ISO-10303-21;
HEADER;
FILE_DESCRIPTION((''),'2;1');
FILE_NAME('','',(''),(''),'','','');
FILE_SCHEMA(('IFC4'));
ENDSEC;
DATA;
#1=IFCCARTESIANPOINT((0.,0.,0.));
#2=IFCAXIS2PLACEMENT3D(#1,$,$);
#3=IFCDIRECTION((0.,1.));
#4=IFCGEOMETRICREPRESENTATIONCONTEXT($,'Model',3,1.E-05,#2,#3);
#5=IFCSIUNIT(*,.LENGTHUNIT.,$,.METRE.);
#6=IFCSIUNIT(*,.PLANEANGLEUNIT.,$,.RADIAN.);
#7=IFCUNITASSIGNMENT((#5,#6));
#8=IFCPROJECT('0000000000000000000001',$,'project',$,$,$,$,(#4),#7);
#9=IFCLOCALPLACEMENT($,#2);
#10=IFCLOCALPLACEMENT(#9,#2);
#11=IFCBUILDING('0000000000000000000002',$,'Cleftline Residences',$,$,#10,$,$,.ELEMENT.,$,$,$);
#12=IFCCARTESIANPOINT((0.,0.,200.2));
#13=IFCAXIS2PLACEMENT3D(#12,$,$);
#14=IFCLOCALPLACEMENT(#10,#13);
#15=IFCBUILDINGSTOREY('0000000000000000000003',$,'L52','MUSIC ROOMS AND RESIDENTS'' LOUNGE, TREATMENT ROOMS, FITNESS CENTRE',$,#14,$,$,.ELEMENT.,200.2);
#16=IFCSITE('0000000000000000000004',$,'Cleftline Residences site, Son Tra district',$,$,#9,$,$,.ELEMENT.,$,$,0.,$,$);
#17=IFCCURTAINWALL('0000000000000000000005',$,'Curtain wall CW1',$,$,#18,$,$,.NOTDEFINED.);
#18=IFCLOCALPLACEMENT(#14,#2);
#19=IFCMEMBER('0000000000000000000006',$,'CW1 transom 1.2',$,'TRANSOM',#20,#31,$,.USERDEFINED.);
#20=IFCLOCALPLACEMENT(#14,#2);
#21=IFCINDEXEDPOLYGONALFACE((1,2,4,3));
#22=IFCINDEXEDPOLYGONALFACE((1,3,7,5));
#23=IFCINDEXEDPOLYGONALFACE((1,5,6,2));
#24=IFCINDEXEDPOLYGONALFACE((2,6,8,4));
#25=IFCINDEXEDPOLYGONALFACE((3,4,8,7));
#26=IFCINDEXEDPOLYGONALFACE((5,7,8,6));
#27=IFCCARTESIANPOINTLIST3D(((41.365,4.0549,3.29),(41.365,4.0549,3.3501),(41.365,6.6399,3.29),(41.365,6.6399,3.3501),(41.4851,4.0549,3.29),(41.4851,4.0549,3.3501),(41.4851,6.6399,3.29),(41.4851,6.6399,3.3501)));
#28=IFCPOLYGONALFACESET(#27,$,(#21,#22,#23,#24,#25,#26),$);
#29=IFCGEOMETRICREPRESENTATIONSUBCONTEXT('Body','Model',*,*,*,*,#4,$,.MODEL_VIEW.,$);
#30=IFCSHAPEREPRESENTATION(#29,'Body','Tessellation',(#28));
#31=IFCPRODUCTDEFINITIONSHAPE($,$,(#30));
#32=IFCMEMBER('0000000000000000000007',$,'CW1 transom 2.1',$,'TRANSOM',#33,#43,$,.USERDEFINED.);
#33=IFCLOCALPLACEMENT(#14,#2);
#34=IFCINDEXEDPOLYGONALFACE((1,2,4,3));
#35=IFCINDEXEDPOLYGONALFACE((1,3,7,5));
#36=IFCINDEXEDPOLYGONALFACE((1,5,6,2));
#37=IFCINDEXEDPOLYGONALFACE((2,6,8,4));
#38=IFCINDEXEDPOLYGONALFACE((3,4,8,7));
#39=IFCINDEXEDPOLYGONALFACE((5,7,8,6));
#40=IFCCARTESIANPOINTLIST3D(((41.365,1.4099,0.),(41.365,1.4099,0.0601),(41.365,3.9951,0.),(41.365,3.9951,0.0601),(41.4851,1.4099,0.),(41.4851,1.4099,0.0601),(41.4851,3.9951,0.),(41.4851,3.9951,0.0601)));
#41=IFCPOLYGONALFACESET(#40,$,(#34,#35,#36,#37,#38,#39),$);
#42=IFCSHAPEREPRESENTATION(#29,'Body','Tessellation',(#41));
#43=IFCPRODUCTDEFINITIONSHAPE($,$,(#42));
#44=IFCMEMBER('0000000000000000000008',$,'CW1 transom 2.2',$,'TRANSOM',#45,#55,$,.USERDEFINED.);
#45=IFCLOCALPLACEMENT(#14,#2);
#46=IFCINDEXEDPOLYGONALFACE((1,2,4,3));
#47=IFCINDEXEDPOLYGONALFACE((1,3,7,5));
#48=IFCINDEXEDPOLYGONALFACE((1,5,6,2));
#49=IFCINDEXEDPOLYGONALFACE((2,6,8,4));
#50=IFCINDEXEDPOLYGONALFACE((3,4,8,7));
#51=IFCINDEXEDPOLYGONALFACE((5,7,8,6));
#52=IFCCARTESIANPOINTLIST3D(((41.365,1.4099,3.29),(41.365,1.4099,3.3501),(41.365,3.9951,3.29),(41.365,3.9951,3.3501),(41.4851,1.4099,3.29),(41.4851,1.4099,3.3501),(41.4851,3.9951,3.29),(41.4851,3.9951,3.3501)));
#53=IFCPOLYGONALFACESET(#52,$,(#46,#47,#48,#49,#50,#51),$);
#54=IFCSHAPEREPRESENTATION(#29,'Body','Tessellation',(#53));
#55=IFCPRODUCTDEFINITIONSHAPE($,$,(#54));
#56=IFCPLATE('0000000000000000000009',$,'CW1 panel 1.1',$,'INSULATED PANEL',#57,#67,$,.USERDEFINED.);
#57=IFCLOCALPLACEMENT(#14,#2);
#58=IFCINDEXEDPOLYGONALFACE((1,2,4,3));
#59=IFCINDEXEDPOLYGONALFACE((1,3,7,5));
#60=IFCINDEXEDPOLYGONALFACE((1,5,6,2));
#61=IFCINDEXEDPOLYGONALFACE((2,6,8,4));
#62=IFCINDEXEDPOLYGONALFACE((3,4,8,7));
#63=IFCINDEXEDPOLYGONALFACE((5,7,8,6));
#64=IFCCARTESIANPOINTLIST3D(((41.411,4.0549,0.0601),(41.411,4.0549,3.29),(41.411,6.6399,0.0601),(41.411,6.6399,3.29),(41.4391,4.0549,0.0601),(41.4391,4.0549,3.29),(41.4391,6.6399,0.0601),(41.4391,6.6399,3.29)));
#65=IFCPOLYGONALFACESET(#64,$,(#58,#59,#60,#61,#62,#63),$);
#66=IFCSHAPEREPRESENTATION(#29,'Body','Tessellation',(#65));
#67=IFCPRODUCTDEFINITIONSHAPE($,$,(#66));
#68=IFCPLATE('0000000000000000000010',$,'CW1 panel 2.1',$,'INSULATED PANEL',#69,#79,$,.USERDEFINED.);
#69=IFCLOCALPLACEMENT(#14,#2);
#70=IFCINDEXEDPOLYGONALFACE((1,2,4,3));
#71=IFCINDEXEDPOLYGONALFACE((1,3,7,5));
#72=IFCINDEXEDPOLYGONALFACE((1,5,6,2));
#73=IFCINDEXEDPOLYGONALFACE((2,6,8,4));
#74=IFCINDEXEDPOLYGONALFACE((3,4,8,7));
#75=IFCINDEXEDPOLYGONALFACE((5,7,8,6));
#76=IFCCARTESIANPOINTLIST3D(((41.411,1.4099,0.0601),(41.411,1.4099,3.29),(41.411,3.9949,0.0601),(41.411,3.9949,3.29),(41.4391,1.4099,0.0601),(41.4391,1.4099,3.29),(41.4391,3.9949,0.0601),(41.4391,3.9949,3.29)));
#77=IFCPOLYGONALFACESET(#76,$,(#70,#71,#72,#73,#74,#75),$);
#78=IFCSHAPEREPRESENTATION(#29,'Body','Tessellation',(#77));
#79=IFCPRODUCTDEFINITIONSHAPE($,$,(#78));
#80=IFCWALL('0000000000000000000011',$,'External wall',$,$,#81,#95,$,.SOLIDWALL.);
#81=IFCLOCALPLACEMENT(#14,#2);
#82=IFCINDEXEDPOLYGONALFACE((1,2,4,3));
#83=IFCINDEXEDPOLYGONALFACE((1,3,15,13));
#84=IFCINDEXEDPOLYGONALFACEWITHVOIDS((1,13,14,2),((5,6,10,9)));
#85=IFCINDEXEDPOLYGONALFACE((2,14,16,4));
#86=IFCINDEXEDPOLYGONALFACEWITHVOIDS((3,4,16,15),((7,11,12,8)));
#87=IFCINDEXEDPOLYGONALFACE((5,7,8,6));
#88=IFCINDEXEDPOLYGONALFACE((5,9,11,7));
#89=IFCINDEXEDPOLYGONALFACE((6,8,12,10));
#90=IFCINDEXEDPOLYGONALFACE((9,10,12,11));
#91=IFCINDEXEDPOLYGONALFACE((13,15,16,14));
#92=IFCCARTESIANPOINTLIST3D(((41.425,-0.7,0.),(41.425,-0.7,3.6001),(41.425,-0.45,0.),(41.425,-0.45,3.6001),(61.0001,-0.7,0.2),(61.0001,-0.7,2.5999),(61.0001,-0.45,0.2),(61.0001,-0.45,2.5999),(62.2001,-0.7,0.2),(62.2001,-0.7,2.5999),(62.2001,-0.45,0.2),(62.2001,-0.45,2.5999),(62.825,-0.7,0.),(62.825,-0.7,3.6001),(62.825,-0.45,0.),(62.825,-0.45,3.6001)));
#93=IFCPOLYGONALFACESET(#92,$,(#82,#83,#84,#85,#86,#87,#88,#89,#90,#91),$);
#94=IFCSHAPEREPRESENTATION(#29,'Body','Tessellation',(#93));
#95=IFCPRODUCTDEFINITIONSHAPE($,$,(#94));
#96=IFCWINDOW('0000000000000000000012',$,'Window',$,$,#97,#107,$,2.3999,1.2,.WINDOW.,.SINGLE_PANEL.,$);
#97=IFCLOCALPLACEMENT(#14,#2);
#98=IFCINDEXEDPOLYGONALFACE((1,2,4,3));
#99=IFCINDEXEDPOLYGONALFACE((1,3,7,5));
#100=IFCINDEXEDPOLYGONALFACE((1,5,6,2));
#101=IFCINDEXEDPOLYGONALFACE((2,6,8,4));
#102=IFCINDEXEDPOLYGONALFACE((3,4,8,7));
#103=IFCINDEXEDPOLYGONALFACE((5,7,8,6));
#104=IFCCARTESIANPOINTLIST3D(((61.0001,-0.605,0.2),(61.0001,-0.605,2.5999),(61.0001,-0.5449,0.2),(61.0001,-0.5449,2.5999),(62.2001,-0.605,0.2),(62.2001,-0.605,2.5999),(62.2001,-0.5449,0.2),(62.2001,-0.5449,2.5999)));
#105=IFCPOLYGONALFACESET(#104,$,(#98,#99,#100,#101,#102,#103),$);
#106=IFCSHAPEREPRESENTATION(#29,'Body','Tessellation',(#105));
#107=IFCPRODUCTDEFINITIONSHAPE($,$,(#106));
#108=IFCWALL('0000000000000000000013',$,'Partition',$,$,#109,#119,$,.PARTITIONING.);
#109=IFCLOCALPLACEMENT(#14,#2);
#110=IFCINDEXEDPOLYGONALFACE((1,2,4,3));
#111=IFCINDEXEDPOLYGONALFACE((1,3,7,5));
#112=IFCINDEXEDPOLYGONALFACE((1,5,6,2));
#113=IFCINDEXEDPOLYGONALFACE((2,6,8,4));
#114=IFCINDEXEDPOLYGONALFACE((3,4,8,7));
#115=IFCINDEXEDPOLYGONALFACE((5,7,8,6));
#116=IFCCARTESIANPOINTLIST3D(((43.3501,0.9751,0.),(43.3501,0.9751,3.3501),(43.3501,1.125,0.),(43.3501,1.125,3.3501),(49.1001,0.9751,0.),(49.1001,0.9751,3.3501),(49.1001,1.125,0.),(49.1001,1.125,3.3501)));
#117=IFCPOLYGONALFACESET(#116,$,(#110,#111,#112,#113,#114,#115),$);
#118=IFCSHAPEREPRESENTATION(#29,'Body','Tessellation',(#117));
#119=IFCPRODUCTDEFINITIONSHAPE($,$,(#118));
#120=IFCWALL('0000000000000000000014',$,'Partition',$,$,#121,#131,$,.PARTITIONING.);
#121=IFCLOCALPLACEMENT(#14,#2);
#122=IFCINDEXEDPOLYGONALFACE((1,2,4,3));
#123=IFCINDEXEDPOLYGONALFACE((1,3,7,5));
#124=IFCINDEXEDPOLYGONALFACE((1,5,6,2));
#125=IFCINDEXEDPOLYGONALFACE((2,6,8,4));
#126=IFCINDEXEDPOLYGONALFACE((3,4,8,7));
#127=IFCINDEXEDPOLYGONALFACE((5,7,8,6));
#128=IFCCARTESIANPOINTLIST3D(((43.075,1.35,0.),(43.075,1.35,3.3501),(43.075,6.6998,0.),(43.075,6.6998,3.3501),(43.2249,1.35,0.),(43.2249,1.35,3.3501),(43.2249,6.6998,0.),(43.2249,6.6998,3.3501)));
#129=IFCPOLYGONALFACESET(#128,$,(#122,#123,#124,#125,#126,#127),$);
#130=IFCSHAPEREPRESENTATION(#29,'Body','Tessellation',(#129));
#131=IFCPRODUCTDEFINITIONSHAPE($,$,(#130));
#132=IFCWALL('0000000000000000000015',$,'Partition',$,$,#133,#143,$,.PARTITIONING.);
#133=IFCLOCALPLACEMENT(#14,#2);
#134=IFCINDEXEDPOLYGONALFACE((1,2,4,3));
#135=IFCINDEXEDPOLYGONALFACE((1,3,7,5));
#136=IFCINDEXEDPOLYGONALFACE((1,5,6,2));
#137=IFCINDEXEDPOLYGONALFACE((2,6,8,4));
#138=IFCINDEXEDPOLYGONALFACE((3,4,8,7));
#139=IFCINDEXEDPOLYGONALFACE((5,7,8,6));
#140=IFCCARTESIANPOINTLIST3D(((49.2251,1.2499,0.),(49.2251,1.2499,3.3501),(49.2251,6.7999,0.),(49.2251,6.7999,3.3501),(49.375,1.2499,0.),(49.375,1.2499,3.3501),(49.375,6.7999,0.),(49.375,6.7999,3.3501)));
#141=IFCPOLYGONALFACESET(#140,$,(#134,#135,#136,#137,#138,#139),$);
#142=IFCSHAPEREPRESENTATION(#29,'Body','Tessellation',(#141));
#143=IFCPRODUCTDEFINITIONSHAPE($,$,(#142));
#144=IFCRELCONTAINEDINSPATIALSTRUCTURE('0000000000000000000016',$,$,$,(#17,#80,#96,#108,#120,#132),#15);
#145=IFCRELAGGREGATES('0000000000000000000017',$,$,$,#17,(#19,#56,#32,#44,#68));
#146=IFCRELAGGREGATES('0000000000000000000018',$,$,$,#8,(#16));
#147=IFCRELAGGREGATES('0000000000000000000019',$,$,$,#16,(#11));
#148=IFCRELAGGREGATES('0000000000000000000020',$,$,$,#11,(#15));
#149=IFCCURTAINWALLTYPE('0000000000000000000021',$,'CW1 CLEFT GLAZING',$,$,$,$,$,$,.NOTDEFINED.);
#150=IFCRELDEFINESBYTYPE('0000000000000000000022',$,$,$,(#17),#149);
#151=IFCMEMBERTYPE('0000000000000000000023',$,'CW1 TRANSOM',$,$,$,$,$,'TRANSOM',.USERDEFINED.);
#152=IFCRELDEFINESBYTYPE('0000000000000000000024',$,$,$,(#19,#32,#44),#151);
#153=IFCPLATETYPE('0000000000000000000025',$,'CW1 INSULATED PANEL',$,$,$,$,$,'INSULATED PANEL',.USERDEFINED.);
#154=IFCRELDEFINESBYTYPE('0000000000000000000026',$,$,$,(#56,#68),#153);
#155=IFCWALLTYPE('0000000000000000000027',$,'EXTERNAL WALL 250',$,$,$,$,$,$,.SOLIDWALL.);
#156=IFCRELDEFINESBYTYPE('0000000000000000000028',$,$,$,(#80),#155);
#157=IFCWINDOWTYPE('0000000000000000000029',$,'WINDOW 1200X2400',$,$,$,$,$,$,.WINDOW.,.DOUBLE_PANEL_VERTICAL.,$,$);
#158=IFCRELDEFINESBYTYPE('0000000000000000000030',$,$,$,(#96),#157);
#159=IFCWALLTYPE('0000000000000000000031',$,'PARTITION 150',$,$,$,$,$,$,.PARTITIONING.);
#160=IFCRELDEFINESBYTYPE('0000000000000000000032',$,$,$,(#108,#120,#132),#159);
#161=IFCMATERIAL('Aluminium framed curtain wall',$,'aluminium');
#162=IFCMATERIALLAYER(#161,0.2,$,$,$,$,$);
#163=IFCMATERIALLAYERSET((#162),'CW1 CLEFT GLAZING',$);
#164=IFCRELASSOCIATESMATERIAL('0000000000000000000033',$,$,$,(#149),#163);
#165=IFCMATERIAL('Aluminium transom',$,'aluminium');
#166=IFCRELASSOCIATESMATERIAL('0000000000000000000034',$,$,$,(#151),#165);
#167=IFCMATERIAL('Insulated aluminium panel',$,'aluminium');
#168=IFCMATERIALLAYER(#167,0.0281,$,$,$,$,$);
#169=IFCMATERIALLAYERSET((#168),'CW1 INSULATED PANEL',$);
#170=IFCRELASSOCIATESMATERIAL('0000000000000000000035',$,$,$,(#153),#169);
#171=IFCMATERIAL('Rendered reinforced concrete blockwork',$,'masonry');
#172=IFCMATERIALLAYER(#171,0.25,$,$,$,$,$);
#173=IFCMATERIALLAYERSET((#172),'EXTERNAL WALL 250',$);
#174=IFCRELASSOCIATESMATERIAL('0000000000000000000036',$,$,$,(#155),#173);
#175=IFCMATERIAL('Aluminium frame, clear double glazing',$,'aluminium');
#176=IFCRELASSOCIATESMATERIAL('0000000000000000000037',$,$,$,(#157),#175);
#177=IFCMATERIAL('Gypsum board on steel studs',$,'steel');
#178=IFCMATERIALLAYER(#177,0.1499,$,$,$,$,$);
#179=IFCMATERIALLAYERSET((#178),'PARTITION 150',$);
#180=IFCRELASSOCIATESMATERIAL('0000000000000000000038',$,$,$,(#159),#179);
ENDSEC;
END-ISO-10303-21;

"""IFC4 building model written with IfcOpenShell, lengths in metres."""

from ifc_helpers import new_model, si_unit, direction, frame, frame_2d, origin, origin_2d, place, context, subcontext, project, spatial, rectangle, extrude, material, layer, layer_set, material_profile, profile_set, type_object, element, fill, aggregate, save


model = new_model("IFC4")

# Units and contexts
model_context = context("Model", 3, precision=1e-05, world=origin(), true_north=direction((0.0, 1.0)))
body_context = subcontext(model_context, "Body", "Model", "MODEL_VIEW")
ifc_project = project(units=[si_unit("LENGTHUNIT", "METRE"), si_unit("PLANEANGLEUNIT", "RADIAN")], contexts=[model_context])

# Site, building, storey
site_placement = place(None, origin())
site = spatial("IfcSite", under=ifc_project, at=site_placement, Name="Cleftline Residences site, Son Tra district", CompositionType="ELEMENT", RefElevation=0.0)
building_placement = place(site_placement, origin())
building = spatial("IfcBuilding", under=site, at=building_placement, Name="Cleftline Residences", CompositionType="ELEMENT")
storey_placement = place(building_placement, frame((0.0, 0.0, 200.2)))
storey = spatial("IfcBuildingStorey", under=building, at=storey_placement, Name="L52", Description="MUSIC ROOMS AND RESIDENTS' LOUNGE, TREATMENT ROOMS, FITNESS CENTRE", CompositionType="ELEMENT", Elevation=200.2)

# Curtain wall, members, plates
ifc_material_1 = material(Name="Aluminium framed curtain wall", Category="aluminium")
ifc_layer_1 = layer(ifc_material_1, 0.2)
ifc_layer_set_1 = layer_set([ifc_layer_1], Name="CW1 CLEFT GLAZING")
curtain_wall_type = type_object("IfcCurtainWallType", Name="CW1 CLEFT GLAZING", PredefinedType="NOTDEFINED", material=ifc_layer_set_1)
curtain_wall_placement = place(storey_placement, origin())
curtain_wall = element("IfcCurtainWall", 1, at=curtain_wall_placement, inside=storey, type_object=curtain_wall_type, Name="Curtain wall CW1", PredefinedType="NOTDEFINED")
ifc_material_2 = material(Name="Aluminium transom", Category="aluminium")
ifc_material_profile_1 = material_profile(ifc_material_2, rectangle(XDim=0.1201, YDim=0.0601, at=origin_2d()))
ifc_profile_set_1 = profile_set([ifc_material_profile_1], Name="Aluminium transom")
member_type_1 = type_object("IfcMemberType", Name="CW1 TRANSOM", ElementType="TRANSOM", PredefinedType="USERDEFINED", material=ifc_profile_set_1)
member_1_placement = place(storey_placement, frame((41.425, 6.6399, 3.3201), z_axis=(0.0, -1.0, 0.0), x_axis=(1.0, 0.0, 0.0)))
member_1 = element("IfcMember", 2, at=member_1_placement, type_object=member_type_1, Name="CW1 transom 1.2", ObjectType="TRANSOM", PredefinedType="USERDEFINED", context=body_context, shape_type="SweptSolid", body=[
    extrude(rectangle(XDim=0.1201, YDim=0.0601, at=origin_2d()), origin(), (0.0, 0.0, 1.0), 2.585),
])
member_2_placement = place(storey_placement, frame((41.425, 3.9951, 0.03), z_axis=(0.0, -1.0, 0.0), x_axis=(1.0, 0.0, 0.0)))
member_2 = element("IfcMember", 3, at=member_2_placement, type_object=member_type_1, Name="CW1 transom 2.1", ObjectType="TRANSOM", PredefinedType="USERDEFINED", context=body_context, shape_type="SweptSolid", body=[
    extrude(rectangle(XDim=0.1201, YDim=0.0601, at=origin_2d()), origin(), (0.0, 0.0, 1.0), 2.5852),
])
member_3_placement = place(storey_placement, frame((41.425, 3.9951, 3.3201), z_axis=(0.0, -1.0, 0.0), x_axis=(1.0, 0.0, 0.0)))
member_3 = element("IfcMember", 4, at=member_3_placement, type_object=member_type_1, Name="CW1 transom 2.2", ObjectType="TRANSOM", PredefinedType="USERDEFINED", context=body_context, shape_type="SweptSolid", body=[
    extrude(rectangle(XDim=0.1201, YDim=0.0601, at=origin_2d()), origin(), (0.0, 0.0, 1.0), 2.5852),
])
ifc_material_3 = material(Name="Insulated aluminium panel", Category="aluminium")
ifc_layer_2 = layer(ifc_material_3, 0.0281)
ifc_layer_set_2 = layer_set([ifc_layer_2], Name="CW1 INSULATED PANEL")
plate_type = type_object("IfcPlateType", Name="CW1 INSULATED PANEL", ElementType="INSULATED PANEL", PredefinedType="USERDEFINED", material=ifc_layer_set_2)
plate_1_placement = place(storey_placement, frame((41.425, 5.3474, 0.0601), z_axis=(0.0, 0.0, 1.0), x_axis=(0.0, -1.0, 0.0)))
plate_1 = element("IfcPlate", 5, at=plate_1_placement, type_object=plate_type, Name="CW1 panel 1.1", ObjectType="INSULATED PANEL", PredefinedType="USERDEFINED", context=body_context, shape_type="SweptSolid", body=[
    extrude(rectangle(XDim=2.585, YDim=0.0281, at=origin_2d()), origin(), (0.0, 0.0, 1.0), 3.23),
])
plate_2_placement = place(storey_placement, frame((41.425, 2.7024, 0.0601), z_axis=(0.0, 0.0, 1.0), x_axis=(0.0, -1.0, 0.0)))
plate_2 = element("IfcPlate", 6, at=plate_2_placement, type_object=plate_type, Name="CW1 panel 2.1", ObjectType="INSULATED PANEL", PredefinedType="USERDEFINED", context=body_context, shape_type="SweptSolid", body=[
    extrude(rectangle(XDim=2.585, YDim=0.0281, at=origin_2d()), origin(), (0.0, 0.0, 1.0), 3.23),
])
aggregate(curtain_wall, [member_1, plate_1, member_2, member_3, plate_2])

# Wall, opening, window
ifc_material_4 = material(Name="Rendered reinforced concrete blockwork", Category="masonry")
ifc_layer_3 = layer(ifc_material_4, 0.25)
ifc_layer_set_3 = layer_set([ifc_layer_3], Name="EXTERNAL WALL 250")
wall_type_1 = type_object("IfcWallType", Name="EXTERNAL WALL 250", PredefinedType="SOLIDWALL", material=ifc_layer_set_3)
wall_1_placement = place(storey_placement, frame((41.425, -0.575, 0.0), z_axis=(0.0, 0.0, 1.0), x_axis=(1.0, 0.0, 0.0)))
wall_1 = element("IfcWall", 7, at=wall_1_placement, inside=storey, type_object=wall_type_1, Name="External wall", PredefinedType="SOLIDWALL", context=body_context, shape_type="SweptSolid", body=[
    extrude(rectangle(XDim=21.3999, YDim=0.25, at=frame_2d((10.7, 0.0))), origin(), (0.0, 0.0, 1.0), 3.6001),
])
opening_placement = place(wall_1_placement, frame((19.575, 0.0, 0.2)))
opening = element("IfcOpeningElement", 8, at=opening_placement, cuts=wall_1, PredefinedType="OPENING", context=body_context, shape_type="SweptSolid", body=[
    extrude(rectangle(XDim=1.2, YDim=2.3999, at=frame_2d((0.6001, 1.2))), frame((0.0, 0.135, 0.0), z_axis=(0.0, -1.0, 0.0), x_axis=(1.0, 0.0, 0.0)), (0.0, 0.0, 1.0), 0.27),
])
ifc_material_5 = material(Name="Aluminium frame, clear double glazing", Category="aluminium")
window_type = type_object("IfcWindowType", Name="WINDOW 1200X2400", PartitioningType="DOUBLE_PANEL_VERTICAL", PredefinedType="WINDOW", material=ifc_material_5)
window_placement = place(opening_placement, origin())
window = element("IfcWindow", 9, at=window_placement, inside=storey, type_object=window_type, Name="Window", OverallHeight=2.3999, OverallWidth=1.2, PartitioningType="SINGLE_PANEL", PredefinedType="WINDOW", context=body_context, shape_type="SweptSolid", body=[
    extrude(rectangle(XDim=1.2, YDim=2.3999, at=frame_2d((0.6001, 1.2))), frame((0.0, 0.03, 0.0), z_axis=(0.0, -1.0, 0.0), x_axis=(1.0, 0.0, 0.0)), (0.0, 0.0, 1.0), 0.0601),
])
fill(opening, window)

# Walls
ifc_material_6 = material(Name="Gypsum board on steel studs", Category="steel")
ifc_layer_4 = layer(ifc_material_6, 0.1499)
ifc_layer_set_4 = layer_set([ifc_layer_4], Name="PARTITION 150")
wall_type_2 = type_object("IfcWallType", Name="PARTITION 150", PredefinedType="PARTITIONING", material=ifc_layer_set_4)
wall_2_placement = place(storey_placement, frame((43.3501, 1.05, 0.0), z_axis=(0.0, 0.0, 1.0), x_axis=(1.0, 0.0, 0.0)))
element("IfcWall", 10, at=wall_2_placement, inside=storey, type_object=wall_type_2, Name="Partition", PredefinedType="PARTITIONING", context=body_context, shape_type="SweptSolid", body=[
    extrude(rectangle(XDim=5.75, YDim=0.1499, at=frame_2d((2.875, 0.0))), origin(), (0.0, 0.0, 1.0), 3.3501),
])
wall_3_placement = place(storey_placement, frame((43.1499, 1.3501, 0.0), z_axis=(0.0, 0.0, 1.0), x_axis=(0.0, 1.0, 0.0)))
element("IfcWall", 11, at=wall_3_placement, inside=storey, type_object=wall_type_2, Name="Partition", PredefinedType="PARTITIONING", context=body_context, shape_type="SweptSolid", body=[
    extrude(rectangle(XDim=5.3499, YDim=0.1499, at=frame_2d((2.6748, 0.0))), origin(), (0.0, 0.0, 1.0), 3.3501),
])
wall_4_placement = place(storey_placement, frame((49.3, 1.25, 0.0), z_axis=(0.0, 0.0, 1.0), x_axis=(0.0, 1.0, 0.0)))
element("IfcWall", 12, at=wall_4_placement, inside=storey, type_object=wall_type_2, Name="Partition", PredefinedType="PARTITIONING", context=body_context, shape_type="SweptSolid", body=[
    extrude(rectangle(XDim=5.55, YDim=0.1499, at=frame_2d((2.7749, 0.0))), origin(), (0.0, 0.0, 1.0), 3.3501),
])

save(model, "model.ifc")
